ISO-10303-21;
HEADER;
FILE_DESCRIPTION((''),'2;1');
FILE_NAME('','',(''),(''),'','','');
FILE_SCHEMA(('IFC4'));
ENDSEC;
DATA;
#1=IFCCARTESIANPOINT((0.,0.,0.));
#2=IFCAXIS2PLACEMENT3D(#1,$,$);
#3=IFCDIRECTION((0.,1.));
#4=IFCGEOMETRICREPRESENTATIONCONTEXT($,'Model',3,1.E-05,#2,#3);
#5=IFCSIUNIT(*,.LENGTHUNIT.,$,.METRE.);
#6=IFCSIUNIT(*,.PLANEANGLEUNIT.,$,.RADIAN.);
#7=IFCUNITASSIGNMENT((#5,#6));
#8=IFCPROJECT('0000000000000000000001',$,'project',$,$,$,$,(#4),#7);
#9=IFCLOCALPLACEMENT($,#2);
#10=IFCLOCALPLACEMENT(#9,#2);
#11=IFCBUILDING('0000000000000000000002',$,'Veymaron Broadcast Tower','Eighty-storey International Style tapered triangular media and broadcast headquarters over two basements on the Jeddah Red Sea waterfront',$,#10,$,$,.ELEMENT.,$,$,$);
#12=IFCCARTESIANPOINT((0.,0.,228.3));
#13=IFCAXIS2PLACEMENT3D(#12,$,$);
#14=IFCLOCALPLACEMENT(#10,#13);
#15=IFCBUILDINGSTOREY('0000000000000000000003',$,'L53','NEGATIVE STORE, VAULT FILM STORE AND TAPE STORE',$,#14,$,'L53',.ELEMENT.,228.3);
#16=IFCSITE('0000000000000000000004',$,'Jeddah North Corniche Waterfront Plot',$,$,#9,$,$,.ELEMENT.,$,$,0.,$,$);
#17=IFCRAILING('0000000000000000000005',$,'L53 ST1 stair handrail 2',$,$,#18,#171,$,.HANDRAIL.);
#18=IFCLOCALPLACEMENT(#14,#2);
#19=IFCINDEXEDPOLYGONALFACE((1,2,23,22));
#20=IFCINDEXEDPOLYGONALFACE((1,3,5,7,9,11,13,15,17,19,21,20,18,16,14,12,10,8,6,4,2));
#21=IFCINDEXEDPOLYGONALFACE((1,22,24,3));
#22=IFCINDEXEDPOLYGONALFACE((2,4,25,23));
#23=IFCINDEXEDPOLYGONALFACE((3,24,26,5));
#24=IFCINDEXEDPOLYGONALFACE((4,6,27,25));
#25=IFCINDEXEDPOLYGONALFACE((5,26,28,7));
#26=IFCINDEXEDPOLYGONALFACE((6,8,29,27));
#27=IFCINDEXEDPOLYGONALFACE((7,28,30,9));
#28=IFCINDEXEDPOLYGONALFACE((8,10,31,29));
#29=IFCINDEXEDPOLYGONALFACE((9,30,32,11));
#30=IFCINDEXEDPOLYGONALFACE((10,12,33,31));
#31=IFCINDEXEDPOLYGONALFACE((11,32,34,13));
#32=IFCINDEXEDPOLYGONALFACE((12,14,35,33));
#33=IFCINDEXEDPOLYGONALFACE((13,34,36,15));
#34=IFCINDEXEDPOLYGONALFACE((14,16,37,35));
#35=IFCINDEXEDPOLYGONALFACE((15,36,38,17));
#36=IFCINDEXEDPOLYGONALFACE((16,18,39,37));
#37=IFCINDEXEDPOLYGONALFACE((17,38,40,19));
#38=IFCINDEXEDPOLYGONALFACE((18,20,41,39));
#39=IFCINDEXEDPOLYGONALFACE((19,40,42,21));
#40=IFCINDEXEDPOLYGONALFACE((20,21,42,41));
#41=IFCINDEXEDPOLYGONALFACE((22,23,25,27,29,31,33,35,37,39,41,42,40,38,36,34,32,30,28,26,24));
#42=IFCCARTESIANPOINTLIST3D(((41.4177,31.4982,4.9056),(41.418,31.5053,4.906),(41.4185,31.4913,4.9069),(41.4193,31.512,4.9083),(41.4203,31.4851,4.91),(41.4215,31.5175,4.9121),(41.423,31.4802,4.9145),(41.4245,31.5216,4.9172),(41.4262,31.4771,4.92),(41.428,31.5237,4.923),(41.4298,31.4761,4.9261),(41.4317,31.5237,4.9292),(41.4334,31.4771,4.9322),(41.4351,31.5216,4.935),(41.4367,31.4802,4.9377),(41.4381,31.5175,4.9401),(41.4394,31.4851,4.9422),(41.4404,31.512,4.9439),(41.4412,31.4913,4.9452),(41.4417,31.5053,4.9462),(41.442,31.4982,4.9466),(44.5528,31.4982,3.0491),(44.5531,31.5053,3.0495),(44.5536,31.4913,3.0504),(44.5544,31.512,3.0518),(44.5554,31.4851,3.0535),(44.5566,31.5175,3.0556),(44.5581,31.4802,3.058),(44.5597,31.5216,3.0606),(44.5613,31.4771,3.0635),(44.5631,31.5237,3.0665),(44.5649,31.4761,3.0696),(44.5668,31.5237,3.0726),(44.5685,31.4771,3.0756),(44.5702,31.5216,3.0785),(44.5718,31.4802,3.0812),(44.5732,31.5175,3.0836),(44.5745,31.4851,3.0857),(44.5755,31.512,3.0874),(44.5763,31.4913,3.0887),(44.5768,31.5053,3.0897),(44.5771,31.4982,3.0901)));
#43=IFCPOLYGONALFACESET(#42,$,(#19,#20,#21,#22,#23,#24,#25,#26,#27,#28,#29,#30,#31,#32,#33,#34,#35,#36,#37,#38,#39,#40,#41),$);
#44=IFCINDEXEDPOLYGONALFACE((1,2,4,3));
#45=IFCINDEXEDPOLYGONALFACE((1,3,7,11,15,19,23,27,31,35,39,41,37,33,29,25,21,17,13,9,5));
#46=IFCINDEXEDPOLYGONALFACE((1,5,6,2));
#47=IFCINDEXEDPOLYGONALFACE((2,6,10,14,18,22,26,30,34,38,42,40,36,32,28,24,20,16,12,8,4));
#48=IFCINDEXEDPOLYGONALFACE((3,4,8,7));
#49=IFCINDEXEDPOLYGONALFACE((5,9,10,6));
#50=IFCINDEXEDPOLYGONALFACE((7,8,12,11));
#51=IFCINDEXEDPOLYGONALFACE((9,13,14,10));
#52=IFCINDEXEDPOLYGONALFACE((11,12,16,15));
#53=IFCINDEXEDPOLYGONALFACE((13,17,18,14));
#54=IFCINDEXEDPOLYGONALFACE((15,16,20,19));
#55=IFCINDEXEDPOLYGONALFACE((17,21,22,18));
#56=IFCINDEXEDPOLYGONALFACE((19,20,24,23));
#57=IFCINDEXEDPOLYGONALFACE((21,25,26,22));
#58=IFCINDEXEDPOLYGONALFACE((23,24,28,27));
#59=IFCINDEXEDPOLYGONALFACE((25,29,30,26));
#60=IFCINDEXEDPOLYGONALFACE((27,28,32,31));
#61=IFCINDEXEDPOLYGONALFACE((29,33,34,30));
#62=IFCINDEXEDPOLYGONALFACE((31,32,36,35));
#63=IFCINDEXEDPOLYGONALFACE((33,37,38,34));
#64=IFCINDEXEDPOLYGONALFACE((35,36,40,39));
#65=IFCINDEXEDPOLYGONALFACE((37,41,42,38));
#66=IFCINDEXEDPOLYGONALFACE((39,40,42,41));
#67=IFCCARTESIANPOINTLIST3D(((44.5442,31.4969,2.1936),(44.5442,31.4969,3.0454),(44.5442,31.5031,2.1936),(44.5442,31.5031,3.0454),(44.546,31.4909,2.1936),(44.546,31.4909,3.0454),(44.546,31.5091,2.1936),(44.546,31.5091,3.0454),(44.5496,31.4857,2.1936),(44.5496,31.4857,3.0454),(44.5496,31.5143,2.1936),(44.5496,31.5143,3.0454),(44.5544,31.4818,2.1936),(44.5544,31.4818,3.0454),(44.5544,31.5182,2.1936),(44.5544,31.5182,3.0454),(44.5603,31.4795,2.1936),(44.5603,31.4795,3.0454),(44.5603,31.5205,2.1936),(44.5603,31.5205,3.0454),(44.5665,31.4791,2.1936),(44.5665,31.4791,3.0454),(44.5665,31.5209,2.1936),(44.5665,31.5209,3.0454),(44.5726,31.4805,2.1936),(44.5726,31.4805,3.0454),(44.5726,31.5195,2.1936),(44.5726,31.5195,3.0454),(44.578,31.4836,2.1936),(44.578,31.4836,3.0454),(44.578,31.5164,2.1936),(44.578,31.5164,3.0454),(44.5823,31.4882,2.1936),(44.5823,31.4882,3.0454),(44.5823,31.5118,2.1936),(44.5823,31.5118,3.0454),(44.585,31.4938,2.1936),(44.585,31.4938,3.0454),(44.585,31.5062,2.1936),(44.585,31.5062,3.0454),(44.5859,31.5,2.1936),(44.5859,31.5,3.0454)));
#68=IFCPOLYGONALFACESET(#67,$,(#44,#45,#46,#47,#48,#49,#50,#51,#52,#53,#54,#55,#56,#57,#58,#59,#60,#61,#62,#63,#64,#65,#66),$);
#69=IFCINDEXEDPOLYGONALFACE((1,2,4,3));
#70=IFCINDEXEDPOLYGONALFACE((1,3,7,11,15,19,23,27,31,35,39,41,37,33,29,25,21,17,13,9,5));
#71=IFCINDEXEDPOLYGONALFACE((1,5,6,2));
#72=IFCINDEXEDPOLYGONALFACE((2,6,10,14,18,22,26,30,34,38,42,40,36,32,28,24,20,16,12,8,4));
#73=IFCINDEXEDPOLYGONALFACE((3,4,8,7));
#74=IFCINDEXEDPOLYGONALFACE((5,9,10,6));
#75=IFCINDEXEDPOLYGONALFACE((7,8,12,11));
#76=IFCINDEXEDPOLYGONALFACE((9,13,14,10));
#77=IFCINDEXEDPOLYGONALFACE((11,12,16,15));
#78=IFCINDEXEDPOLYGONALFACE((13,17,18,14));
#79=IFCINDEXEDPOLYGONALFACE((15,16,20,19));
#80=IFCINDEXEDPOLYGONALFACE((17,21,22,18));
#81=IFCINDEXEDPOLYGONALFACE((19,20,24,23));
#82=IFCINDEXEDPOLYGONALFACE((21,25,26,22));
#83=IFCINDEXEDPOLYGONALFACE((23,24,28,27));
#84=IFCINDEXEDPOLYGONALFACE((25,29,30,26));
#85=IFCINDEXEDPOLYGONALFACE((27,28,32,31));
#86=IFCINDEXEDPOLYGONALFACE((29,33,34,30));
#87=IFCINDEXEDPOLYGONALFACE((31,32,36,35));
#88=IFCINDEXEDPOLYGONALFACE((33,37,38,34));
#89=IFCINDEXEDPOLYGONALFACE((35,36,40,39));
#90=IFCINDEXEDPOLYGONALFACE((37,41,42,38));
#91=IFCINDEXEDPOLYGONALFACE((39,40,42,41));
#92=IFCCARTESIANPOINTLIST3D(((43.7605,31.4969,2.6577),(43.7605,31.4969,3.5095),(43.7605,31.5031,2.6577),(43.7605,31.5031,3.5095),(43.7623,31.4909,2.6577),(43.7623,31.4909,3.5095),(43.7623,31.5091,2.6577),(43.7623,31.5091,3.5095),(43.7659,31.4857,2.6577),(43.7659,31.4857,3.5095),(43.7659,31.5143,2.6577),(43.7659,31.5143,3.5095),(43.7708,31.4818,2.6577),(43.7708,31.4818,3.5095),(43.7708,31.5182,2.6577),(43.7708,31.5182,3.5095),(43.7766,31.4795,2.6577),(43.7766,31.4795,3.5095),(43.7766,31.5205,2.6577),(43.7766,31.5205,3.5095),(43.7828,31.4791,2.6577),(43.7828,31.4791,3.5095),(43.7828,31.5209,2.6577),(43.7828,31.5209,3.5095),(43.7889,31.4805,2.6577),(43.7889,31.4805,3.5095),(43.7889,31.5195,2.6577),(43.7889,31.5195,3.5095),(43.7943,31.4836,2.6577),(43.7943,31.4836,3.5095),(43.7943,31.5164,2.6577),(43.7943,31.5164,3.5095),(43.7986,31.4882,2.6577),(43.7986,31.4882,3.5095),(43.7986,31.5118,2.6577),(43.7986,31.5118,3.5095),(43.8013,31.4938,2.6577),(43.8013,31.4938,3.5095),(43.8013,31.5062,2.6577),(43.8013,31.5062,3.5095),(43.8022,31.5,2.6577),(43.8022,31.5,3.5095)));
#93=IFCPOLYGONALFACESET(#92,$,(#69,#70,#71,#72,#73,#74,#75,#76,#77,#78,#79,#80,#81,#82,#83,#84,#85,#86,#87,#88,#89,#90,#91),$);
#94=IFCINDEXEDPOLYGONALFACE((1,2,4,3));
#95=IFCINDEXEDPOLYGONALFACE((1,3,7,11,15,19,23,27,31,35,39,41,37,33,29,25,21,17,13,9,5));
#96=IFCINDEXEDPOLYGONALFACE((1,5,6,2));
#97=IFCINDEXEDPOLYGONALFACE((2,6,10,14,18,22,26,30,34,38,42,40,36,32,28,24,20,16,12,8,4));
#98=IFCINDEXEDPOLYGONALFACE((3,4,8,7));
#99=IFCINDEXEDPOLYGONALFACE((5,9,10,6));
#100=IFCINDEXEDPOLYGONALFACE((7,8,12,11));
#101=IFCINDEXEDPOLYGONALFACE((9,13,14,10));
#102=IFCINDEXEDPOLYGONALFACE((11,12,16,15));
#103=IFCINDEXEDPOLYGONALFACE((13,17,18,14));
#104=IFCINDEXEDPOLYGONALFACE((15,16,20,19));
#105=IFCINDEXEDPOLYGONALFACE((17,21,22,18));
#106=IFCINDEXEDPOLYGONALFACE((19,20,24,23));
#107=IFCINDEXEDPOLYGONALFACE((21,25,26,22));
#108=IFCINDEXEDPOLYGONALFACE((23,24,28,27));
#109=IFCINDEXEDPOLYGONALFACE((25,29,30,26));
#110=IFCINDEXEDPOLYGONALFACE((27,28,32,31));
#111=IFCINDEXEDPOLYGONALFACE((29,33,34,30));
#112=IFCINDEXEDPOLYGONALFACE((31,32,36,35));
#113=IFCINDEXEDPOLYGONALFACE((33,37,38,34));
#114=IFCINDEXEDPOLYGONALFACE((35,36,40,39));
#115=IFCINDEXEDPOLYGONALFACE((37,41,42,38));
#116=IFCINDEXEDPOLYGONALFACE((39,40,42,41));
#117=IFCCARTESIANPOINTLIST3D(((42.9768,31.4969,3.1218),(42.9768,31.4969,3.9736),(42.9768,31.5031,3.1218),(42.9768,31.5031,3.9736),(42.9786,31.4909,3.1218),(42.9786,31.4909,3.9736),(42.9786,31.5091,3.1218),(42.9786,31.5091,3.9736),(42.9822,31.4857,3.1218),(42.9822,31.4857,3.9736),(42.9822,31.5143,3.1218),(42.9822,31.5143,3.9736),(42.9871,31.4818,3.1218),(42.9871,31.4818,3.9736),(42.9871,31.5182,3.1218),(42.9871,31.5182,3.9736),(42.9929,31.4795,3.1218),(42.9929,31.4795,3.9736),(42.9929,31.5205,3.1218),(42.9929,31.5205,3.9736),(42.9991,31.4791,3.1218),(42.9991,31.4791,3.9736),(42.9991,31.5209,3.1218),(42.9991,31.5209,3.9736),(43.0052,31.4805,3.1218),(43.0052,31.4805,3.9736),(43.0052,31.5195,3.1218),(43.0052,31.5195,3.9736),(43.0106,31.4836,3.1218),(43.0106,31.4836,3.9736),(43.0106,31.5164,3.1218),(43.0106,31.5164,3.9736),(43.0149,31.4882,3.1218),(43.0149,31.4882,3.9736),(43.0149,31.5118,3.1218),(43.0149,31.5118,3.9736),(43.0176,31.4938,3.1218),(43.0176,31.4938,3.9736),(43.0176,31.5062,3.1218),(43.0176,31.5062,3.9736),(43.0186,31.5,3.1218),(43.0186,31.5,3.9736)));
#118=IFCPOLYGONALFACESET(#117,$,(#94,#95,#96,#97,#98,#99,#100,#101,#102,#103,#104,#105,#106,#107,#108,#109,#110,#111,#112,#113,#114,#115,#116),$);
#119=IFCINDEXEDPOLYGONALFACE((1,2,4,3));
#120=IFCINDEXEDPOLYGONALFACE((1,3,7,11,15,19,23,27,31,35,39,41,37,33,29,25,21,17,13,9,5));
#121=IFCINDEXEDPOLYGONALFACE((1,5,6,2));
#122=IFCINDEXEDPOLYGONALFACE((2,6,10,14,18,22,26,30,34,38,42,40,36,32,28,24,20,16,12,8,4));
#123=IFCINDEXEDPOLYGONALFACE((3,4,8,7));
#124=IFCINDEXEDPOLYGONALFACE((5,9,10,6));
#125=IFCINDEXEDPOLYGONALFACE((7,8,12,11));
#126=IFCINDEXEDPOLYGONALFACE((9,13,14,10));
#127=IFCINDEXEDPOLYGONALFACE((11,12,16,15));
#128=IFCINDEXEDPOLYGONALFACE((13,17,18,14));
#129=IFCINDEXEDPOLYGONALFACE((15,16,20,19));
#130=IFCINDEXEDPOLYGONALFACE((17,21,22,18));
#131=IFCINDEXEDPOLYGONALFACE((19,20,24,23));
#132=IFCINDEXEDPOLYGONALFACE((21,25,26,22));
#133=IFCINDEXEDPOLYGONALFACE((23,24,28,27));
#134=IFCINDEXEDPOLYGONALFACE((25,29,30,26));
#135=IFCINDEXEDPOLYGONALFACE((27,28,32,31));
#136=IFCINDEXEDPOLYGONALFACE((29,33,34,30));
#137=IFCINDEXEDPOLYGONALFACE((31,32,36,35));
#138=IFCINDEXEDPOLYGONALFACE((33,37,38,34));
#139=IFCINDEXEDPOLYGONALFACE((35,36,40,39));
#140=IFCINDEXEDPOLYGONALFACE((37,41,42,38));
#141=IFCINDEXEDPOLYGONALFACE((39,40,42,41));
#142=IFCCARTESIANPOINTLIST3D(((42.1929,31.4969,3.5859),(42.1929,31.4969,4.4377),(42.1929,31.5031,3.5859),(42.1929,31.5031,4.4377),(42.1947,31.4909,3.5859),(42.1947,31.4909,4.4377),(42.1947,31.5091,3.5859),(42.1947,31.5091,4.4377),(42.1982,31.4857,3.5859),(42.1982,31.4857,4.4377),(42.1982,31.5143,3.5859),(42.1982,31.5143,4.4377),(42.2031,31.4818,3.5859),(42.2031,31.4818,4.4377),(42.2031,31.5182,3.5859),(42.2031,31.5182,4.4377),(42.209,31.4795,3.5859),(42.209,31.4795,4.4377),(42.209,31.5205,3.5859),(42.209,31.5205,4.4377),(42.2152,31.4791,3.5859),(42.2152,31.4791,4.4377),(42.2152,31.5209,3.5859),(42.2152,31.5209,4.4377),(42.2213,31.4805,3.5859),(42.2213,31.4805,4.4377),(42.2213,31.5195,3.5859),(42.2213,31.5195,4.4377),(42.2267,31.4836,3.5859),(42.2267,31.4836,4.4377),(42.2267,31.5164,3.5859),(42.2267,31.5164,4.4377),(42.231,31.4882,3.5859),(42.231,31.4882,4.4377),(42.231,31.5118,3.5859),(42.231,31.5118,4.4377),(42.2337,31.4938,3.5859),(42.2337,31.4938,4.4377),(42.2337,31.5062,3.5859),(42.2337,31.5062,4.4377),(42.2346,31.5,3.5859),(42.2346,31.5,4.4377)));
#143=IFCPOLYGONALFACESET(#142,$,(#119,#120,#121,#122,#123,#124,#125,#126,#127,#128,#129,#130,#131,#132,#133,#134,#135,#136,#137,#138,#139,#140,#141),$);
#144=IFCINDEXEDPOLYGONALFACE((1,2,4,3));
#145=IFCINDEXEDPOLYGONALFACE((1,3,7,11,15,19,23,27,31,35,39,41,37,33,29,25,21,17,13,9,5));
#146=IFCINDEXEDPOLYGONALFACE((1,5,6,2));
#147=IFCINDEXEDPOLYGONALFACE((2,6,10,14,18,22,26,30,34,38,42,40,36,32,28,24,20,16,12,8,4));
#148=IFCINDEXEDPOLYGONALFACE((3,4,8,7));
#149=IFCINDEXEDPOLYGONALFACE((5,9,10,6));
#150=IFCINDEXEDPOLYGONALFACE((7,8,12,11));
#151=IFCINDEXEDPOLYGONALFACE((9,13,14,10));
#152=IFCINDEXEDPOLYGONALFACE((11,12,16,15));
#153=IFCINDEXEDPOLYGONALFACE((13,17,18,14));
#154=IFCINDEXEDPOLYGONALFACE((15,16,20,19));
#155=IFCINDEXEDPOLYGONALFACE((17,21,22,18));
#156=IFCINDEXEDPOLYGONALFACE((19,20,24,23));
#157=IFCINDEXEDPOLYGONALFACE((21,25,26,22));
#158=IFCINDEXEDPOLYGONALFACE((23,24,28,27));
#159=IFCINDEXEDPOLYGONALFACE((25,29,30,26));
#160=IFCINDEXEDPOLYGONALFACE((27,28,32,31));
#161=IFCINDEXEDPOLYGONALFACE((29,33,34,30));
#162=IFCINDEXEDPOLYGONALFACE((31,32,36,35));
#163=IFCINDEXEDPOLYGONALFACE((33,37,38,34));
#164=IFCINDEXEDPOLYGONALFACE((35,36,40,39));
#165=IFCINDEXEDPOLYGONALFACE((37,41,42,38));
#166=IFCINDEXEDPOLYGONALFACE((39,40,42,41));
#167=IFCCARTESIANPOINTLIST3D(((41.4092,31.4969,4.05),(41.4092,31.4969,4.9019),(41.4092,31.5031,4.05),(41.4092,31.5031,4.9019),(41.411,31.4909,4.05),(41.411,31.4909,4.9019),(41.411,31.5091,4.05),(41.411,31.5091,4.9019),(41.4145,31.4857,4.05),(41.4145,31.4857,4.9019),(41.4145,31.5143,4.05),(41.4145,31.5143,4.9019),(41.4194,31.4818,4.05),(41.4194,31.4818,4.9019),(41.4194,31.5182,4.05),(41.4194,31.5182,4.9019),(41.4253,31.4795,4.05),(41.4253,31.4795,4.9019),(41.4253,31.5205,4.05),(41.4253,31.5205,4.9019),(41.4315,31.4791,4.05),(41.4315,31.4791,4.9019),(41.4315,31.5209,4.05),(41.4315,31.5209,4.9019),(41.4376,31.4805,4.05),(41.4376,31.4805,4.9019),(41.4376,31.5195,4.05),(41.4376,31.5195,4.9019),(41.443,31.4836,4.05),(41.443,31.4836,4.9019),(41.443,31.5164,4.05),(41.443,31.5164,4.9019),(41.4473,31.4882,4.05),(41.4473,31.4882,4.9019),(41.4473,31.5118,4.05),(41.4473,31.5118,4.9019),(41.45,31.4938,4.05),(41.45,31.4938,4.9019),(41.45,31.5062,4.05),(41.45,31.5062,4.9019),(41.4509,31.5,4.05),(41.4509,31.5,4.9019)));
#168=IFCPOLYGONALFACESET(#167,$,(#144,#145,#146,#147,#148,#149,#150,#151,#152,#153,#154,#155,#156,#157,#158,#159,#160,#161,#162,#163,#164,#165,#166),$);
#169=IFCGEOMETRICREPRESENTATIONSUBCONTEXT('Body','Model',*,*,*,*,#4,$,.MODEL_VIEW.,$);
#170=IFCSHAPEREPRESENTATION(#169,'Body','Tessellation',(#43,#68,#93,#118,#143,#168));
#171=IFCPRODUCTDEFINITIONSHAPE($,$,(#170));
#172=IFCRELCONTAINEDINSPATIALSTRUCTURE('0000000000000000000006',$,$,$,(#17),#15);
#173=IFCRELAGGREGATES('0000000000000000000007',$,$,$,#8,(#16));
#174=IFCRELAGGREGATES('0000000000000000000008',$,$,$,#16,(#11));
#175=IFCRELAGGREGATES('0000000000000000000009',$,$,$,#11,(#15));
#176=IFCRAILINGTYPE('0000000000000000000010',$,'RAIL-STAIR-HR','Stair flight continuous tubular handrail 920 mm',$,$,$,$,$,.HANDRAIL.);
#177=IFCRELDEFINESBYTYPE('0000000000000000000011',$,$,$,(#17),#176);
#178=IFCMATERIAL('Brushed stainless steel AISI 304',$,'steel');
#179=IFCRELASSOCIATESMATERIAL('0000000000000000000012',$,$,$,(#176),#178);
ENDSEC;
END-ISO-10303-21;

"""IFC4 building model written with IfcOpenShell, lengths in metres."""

from ifc_helpers import new_model, si_unit, direction, frame, origin, origin_2d, place, context, subcontext, project, spatial, circle, extrude, material, type_object, element, save


model = new_model("IFC4")

# Units and contexts
model_context = context("Model", 3, precision=1e-05, world=origin(), true_north=direction((0.0, 1.0)))
body_context = subcontext(model_context, "Body", "Model", "MODEL_VIEW")
ifc_project = project(units=[si_unit("LENGTHUNIT", "METRE"), si_unit("PLANEANGLEUNIT", "RADIAN")], contexts=[model_context])

# Site, building, storey
site_placement = place(None, origin())
site = spatial("IfcSite", under=ifc_project, at=site_placement, Name="Jeddah North Corniche Waterfront Plot", CompositionType="ELEMENT", RefElevation=0.0)
building_placement = place(site_placement, origin())
building = spatial("IfcBuilding", under=site, at=building_placement, Name="Veymaron Broadcast Tower", Description="Eighty-storey International Style tapered triangular media and broadcast headquarters over two basements on the Jeddah Red Sea waterfront", CompositionType="ELEMENT")
storey_placement = place(building_placement, frame((0.0, 0.0, 228.3)))
storey = spatial("IfcBuildingStorey", under=building, at=storey_placement, Name="L53", Description="NEGATIVE STORE, VAULT FILM STORE AND TAPE STORE", LongName="L53", CompositionType="ELEMENT", Elevation=228.3)

# Shared definitions
ifc_material_1 = material(Name="Brushed stainless steel AISI 304", Category="steel")

# Railing
railing_type_1 = type_object("IfcRailingType", Name="RAIL-STAIR-HR", Description="Stair flight continuous tubular handrail 920 mm", PredefinedType="HANDRAIL", material=ifc_material_1)
railing_1_placement = place(storey_placement, frame((44.5649, 31.5, 2.1936)))
element("IfcRailing", 1, at=railing_1_placement, inside=storey, type_object=railing_type_1, Name="L53 ST1 stair handrail 2", PredefinedType="HANDRAIL", context=body_context, shape_type="SweptSolid", body=[
    extrude(circle(Radius=0.0239, at=origin_2d()), frame((0.0, 0.0, 0.876), z_axis=(-0.860453, 0.0, 0.509531), x_axis=(0.0, -1.0, 0.0)), (0.0, 0.0, 1.0), 3.6436),
    extrude(circle(Radius=0.021, at=origin_2d()), origin(), (0.0, 0.0, 1.0), 0.8518),
    extrude(circle(Radius=0.021, at=origin_2d()), frame((-0.7837, 0.0, 0.4641)), (0.0, 0.0, 1.0), 0.8518),
    extrude(circle(Radius=0.021, at=origin_2d()), frame((-1.5674, 0.0, 0.9282)), (0.0, 0.0, 1.0), 0.8518),
    extrude(circle(Radius=0.021, at=origin_2d()), frame((-2.3513, 0.0, 1.3923)), (0.0, 0.0, 1.0), 0.8518),
    extrude(circle(Radius=0.021, at=origin_2d()), frame((-3.135, 0.0, 1.8564)), (0.0, 0.0, 1.0), 0.8518),
])

save(model, "model.ifc")
